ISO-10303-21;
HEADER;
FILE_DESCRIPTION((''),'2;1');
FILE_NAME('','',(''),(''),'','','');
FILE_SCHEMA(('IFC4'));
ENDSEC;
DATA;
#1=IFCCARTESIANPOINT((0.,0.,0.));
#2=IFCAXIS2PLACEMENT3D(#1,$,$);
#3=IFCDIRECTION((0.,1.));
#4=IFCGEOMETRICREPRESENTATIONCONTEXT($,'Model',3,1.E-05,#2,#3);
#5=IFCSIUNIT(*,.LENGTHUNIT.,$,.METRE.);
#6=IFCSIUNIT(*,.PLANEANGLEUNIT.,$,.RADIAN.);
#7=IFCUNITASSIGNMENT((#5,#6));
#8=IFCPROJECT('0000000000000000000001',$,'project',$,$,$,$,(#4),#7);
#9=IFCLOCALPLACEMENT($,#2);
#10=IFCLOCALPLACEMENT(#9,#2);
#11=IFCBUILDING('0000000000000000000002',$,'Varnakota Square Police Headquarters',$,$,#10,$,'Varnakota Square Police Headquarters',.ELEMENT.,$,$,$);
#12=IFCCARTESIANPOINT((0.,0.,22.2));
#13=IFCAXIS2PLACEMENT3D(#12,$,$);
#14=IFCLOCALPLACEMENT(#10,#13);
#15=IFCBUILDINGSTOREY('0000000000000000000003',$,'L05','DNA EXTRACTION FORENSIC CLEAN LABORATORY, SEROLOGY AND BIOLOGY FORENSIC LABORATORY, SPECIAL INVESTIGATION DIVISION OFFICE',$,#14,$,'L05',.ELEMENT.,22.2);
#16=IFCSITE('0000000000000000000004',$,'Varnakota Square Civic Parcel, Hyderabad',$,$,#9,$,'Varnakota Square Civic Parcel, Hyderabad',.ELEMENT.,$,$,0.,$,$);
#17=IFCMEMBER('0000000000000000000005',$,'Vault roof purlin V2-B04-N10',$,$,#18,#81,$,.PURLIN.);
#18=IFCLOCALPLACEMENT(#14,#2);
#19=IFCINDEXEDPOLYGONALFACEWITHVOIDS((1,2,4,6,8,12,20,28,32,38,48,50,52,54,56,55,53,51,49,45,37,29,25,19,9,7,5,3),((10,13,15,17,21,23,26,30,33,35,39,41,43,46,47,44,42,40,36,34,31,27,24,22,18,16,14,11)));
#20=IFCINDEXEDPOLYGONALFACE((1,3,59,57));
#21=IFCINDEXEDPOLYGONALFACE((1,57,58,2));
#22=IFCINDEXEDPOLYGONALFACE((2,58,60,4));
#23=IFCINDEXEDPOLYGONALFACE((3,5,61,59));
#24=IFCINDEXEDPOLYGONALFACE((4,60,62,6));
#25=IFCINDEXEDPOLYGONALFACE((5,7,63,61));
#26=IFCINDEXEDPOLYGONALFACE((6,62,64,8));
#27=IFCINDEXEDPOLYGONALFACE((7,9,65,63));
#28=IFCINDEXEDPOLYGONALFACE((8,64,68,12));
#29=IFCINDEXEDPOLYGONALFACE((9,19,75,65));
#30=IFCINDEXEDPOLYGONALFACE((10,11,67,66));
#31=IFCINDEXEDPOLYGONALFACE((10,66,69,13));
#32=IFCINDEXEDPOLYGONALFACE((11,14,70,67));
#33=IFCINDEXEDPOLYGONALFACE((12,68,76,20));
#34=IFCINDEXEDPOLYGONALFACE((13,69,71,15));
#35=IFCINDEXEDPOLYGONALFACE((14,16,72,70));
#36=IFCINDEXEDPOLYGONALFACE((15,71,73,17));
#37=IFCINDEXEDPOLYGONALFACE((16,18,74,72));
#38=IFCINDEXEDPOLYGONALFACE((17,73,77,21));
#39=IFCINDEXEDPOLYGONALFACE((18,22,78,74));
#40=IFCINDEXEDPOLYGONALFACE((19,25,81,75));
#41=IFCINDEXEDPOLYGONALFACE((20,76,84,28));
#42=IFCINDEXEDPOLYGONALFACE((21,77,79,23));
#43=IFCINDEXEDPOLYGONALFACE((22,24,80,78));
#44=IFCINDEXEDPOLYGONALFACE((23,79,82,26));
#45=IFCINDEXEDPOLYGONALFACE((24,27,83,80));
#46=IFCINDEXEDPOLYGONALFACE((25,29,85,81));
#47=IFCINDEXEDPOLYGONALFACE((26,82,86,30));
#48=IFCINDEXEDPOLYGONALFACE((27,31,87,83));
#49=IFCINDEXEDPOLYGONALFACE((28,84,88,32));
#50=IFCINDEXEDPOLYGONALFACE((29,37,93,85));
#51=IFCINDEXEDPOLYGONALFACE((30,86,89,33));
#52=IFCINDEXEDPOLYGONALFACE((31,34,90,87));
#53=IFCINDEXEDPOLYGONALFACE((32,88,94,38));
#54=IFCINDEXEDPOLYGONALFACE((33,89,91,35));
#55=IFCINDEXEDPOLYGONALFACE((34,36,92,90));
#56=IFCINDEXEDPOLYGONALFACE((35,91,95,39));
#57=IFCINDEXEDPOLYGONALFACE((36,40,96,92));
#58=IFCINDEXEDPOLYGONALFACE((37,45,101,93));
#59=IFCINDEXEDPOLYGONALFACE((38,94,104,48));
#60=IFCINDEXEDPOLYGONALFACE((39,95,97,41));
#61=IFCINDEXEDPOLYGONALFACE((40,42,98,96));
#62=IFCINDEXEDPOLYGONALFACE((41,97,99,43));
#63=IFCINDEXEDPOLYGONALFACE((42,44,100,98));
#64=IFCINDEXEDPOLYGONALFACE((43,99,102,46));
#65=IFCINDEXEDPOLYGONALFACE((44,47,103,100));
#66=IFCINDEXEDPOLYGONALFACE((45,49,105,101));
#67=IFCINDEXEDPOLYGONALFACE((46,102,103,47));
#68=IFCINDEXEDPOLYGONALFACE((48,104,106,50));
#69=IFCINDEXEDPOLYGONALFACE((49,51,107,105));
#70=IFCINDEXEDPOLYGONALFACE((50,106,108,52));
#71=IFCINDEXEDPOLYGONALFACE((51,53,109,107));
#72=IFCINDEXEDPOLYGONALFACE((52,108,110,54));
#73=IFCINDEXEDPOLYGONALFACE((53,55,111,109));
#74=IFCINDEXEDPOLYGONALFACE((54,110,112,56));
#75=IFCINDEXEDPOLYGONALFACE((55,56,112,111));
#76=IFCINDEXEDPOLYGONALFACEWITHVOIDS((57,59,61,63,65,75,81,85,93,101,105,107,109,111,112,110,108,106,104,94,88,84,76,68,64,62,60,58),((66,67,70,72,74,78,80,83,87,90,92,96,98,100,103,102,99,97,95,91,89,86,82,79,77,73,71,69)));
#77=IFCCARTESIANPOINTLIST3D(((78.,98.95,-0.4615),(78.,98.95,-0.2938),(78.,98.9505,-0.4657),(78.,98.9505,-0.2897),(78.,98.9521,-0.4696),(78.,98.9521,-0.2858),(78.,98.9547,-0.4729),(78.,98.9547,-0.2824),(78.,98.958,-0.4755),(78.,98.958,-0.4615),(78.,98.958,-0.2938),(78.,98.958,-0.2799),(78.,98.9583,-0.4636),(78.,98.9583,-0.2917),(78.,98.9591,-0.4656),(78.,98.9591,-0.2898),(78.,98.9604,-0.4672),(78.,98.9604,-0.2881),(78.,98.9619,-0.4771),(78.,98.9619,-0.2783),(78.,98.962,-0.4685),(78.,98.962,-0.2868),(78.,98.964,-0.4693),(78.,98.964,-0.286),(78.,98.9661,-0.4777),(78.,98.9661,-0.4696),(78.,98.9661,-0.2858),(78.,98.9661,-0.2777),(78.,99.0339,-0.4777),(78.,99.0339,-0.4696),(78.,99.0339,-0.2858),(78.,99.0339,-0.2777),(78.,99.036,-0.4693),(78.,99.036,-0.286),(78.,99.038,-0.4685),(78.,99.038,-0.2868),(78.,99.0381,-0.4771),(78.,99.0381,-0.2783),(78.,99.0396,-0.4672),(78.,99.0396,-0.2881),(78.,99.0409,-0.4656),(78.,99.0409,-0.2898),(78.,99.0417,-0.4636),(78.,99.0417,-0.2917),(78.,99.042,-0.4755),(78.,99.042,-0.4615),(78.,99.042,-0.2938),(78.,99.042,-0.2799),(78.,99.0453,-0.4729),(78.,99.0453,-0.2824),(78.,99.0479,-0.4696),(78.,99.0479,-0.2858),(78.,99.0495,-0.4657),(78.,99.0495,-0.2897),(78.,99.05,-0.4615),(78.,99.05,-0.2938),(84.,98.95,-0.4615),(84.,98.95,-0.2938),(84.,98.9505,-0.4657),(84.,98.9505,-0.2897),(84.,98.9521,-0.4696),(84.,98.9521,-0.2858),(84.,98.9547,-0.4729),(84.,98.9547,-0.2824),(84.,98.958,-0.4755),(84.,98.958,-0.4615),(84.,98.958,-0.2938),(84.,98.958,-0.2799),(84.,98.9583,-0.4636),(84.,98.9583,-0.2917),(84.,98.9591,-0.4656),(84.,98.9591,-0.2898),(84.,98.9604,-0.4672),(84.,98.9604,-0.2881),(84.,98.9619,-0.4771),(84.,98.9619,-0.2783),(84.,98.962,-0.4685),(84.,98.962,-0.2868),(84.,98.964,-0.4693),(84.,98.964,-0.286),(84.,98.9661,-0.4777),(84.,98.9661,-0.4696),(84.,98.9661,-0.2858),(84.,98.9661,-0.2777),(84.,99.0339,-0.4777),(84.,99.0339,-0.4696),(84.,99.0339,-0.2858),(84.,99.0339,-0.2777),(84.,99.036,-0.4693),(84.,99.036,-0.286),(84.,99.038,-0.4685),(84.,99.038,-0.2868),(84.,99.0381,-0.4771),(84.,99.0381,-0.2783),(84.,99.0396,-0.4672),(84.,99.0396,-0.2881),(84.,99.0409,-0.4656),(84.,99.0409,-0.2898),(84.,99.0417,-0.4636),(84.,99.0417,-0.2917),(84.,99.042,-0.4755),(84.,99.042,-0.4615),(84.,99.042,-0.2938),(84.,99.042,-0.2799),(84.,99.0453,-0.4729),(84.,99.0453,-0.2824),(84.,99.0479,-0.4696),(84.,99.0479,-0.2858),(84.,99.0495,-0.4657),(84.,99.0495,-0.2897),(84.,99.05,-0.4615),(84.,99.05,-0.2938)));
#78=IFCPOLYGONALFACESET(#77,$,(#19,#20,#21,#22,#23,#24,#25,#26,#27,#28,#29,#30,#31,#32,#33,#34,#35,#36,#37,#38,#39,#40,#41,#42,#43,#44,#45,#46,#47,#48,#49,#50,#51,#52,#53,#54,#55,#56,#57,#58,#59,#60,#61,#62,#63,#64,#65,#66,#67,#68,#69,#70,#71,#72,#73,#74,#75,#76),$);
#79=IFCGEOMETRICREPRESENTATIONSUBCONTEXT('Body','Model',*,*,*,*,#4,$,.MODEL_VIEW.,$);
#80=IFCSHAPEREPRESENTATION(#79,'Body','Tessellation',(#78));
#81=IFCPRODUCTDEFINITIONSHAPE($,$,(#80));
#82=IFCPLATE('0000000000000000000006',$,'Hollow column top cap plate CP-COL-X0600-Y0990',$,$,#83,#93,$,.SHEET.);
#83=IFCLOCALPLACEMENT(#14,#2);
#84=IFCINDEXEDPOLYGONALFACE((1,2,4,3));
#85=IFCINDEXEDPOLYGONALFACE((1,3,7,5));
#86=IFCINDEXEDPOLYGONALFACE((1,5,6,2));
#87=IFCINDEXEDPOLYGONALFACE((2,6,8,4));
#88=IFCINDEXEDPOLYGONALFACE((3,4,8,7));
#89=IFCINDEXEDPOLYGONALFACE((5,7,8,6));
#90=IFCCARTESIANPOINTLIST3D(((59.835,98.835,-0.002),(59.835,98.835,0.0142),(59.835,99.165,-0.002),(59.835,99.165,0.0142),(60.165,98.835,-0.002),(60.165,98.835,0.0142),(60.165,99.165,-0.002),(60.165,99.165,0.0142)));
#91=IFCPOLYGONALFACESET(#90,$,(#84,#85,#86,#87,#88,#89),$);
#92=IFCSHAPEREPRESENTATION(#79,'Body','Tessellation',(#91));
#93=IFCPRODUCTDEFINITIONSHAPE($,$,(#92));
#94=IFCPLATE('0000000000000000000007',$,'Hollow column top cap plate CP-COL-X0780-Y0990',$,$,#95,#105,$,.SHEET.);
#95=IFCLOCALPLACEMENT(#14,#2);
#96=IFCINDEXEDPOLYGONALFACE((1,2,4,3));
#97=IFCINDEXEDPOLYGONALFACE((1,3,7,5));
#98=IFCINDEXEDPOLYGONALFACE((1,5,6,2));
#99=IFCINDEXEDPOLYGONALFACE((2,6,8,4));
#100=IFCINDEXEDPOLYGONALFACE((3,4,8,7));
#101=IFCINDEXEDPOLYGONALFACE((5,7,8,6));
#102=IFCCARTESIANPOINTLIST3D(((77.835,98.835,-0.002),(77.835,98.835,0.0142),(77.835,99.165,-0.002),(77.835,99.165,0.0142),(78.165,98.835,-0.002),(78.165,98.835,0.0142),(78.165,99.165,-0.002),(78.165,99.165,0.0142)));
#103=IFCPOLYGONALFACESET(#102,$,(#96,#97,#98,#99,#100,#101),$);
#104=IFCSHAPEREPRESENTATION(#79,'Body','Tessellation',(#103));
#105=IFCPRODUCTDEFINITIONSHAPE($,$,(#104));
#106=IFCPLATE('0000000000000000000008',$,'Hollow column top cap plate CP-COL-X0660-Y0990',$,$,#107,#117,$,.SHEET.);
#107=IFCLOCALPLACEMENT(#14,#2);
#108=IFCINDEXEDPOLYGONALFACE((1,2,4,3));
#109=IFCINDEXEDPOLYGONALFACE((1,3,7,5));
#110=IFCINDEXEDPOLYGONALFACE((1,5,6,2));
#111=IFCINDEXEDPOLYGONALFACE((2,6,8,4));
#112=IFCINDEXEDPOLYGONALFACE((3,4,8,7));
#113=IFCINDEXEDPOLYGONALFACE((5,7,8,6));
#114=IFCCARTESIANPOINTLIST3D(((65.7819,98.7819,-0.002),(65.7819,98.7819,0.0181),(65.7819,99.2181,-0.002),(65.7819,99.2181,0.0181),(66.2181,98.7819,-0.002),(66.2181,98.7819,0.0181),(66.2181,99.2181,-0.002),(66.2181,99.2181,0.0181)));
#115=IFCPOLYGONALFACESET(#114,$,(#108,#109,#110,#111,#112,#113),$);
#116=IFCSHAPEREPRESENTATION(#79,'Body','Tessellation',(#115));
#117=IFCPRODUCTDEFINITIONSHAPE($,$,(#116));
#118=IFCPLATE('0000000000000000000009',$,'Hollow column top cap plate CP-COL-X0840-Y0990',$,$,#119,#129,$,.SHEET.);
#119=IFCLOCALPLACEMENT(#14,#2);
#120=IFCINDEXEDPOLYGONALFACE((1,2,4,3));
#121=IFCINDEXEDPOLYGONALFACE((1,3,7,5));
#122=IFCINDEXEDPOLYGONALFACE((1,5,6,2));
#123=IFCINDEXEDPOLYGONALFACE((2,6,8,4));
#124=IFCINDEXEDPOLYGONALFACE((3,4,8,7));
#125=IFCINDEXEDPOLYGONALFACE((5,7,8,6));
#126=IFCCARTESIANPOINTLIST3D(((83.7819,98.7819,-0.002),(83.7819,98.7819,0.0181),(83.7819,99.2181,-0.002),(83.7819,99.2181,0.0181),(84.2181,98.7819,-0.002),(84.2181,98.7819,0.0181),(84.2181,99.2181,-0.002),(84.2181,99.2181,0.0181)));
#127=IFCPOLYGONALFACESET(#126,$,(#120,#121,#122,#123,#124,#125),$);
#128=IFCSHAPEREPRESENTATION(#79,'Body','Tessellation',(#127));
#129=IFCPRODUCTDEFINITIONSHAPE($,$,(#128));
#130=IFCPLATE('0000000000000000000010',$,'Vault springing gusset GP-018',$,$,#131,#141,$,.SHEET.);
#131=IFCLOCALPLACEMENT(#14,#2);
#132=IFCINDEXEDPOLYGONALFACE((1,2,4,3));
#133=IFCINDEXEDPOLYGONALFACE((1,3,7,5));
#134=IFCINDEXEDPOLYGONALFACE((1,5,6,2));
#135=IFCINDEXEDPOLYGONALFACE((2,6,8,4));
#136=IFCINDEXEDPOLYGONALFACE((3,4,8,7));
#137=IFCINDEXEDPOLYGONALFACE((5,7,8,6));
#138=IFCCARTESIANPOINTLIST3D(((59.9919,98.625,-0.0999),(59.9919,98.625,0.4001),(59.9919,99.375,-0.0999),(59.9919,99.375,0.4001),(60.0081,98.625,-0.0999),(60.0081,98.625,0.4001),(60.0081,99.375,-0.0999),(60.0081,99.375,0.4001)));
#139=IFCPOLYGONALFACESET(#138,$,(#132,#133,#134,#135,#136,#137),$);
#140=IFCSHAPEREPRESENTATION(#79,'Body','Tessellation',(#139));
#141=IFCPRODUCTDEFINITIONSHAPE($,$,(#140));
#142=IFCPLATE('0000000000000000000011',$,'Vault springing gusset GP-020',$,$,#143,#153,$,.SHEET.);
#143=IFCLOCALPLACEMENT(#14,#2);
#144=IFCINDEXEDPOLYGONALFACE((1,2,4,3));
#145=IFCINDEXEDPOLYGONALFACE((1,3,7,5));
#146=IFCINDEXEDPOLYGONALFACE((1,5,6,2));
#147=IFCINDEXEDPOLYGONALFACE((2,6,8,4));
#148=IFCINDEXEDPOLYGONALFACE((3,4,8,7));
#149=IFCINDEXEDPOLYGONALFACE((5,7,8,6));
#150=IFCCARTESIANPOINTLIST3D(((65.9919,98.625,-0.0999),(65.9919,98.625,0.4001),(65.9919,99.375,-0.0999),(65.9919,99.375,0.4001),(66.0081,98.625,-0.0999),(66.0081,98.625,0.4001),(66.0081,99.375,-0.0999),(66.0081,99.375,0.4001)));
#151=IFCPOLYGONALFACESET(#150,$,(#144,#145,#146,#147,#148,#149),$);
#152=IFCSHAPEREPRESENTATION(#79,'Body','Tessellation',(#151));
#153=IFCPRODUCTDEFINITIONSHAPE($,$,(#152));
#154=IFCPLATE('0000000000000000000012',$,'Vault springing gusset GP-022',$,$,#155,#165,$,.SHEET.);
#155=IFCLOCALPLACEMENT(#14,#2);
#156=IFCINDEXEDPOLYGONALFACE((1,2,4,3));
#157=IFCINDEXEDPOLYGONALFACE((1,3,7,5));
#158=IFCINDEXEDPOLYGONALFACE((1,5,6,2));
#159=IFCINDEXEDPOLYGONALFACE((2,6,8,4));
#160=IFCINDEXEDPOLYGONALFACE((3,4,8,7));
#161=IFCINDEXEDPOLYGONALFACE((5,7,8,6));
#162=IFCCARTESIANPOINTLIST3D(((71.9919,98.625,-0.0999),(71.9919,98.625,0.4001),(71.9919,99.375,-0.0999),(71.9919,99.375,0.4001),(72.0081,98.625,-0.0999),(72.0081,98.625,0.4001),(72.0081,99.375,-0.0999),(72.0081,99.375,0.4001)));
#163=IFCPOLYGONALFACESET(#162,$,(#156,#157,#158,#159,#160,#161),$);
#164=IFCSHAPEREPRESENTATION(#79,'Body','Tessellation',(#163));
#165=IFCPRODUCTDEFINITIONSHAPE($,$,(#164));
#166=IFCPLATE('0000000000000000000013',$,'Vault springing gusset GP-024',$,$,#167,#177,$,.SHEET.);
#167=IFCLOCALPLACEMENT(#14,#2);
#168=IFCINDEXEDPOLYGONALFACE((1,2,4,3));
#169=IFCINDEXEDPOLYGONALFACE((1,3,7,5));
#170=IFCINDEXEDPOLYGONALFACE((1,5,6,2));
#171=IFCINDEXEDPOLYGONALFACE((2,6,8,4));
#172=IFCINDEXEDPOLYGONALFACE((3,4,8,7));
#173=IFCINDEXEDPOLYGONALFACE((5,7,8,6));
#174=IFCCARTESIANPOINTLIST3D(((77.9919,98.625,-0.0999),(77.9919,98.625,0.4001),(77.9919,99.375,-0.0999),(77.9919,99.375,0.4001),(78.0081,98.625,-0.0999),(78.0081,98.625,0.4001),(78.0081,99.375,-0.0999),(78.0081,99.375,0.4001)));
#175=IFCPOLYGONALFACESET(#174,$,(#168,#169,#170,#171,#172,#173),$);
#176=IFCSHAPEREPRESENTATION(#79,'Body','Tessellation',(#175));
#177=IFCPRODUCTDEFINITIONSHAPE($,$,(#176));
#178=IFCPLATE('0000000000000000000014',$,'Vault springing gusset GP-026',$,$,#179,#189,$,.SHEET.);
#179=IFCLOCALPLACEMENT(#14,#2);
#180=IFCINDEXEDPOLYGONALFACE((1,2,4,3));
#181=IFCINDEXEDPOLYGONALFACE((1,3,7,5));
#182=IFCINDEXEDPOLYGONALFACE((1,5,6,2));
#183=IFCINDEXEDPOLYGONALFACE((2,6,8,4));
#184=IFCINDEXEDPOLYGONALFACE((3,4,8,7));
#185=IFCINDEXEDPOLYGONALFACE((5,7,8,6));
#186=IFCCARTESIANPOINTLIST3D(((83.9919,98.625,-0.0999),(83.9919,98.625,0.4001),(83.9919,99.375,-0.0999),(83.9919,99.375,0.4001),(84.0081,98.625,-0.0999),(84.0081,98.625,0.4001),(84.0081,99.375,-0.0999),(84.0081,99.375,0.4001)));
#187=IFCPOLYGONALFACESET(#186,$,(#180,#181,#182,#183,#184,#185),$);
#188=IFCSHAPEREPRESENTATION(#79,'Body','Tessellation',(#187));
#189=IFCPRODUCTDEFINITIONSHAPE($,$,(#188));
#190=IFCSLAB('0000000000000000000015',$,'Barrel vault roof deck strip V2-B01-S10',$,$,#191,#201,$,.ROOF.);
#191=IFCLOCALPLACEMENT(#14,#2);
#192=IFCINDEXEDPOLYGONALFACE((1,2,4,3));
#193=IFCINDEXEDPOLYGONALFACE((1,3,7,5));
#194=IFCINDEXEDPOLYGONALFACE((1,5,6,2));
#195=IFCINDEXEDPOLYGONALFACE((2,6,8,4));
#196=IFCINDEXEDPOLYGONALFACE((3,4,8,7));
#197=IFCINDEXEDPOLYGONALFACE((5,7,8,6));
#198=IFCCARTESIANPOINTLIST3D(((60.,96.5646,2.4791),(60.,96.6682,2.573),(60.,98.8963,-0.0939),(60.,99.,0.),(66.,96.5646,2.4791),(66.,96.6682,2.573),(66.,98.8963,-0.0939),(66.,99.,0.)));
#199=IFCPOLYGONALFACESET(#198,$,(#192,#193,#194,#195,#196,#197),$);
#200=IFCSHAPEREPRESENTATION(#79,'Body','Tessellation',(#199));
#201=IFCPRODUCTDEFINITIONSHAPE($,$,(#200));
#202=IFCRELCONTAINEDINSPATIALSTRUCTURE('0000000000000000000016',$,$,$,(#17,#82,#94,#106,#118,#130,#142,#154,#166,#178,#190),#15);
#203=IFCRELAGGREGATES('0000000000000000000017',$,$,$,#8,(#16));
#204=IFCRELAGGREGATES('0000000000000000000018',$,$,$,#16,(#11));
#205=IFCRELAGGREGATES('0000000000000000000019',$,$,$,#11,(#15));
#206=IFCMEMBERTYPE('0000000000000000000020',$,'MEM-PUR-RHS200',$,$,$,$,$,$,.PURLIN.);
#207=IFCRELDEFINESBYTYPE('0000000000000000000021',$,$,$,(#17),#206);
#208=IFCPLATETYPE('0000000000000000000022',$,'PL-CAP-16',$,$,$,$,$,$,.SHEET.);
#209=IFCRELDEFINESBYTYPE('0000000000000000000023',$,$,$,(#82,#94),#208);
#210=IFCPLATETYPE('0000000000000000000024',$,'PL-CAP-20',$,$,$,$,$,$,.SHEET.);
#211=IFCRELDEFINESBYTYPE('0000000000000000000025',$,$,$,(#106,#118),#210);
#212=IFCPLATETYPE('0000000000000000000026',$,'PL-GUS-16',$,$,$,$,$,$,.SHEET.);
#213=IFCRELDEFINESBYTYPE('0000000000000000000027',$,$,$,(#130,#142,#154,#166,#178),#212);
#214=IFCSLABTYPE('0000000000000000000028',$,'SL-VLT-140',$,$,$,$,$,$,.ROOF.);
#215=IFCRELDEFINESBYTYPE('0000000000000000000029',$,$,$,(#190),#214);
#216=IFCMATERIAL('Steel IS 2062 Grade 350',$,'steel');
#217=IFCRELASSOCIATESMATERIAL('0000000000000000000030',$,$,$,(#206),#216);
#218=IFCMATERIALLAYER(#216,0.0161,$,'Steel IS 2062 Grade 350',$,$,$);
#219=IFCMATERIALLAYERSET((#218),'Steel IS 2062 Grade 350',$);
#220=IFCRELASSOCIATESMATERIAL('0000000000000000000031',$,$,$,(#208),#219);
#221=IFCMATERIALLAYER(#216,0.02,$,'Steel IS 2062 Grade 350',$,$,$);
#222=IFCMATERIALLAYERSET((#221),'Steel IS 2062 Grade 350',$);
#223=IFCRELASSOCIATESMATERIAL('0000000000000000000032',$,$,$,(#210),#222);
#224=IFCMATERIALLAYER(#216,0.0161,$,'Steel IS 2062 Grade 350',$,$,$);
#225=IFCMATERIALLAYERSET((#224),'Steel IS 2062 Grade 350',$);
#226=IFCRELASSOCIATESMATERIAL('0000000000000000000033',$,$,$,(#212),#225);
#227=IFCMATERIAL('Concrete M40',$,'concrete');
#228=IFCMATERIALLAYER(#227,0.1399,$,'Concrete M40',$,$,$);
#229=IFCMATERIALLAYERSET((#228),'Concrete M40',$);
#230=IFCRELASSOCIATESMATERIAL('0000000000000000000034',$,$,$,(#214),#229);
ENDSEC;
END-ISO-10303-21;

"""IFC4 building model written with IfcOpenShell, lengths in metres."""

from ifc_helpers import new_model, si_unit, direction, frame, origin, origin_2d, place, context, subcontext, project, spatial, polyline, rectangle, hollow_rectangle, outline, extrude, material, layer, layer_set, material_profile, profile_set, type_object, element, save


model = new_model("IFC4")

# Units and contexts
model_context = context("Model", 3, precision=1e-05, world=origin(), true_north=direction((0.0, 1.0)))
body_context = subcontext(model_context, "Body", "Model", "MODEL_VIEW")
ifc_project = project(units=[si_unit("LENGTHUNIT", "METRE"), si_unit("PLANEANGLEUNIT", "RADIAN")], contexts=[model_context])

# Site, building, storey
site_placement = place(None, origin())
site = spatial("IfcSite", under=ifc_project, at=site_placement, Name="Varnakota Square Civic Parcel, Hyderabad", LongName="Varnakota Square Civic Parcel, Hyderabad", CompositionType="ELEMENT", RefElevation=0.0)
building_placement = place(site_placement, origin())
building = spatial("IfcBuilding", under=site, at=building_placement, Name="Varnakota Square Police Headquarters", LongName="Varnakota Square Police Headquarters", CompositionType="ELEMENT")
storey_placement = place(building_placement, frame((0.0, 0.0, 22.2)))
storey = spatial("IfcBuildingStorey", under=building, at=storey_placement, Name="L05", Description="DNA EXTRACTION FORENSIC CLEAN LABORATORY, SEROLOGY AND BIOLOGY FORENSIC LABORATORY, SPECIAL INVESTIGATION DIVISION OFFICE", LongName="L05", CompositionType="ELEMENT", Elevation=22.2)

# Shared definitions
ifc_material_1 = material(Name="Steel IS 2062 Grade 350", Category="steel")

# Member
ifc_material_profile_1 = material_profile(ifc_material_1, hollow_rectangle(XDim=0.1001, YDim=0.2, WallThickness=0.0081, InnerFilletRadius=0.0081, OuterFilletRadius=0.0161, at=origin_2d()), Name="RHS 200x100x8")
ifc_profile_set_1 = profile_set([ifc_material_profile_1], Name="Steel IS 2062 Grade 350")
member_type_1 = type_object("IfcMemberType", Name="MEM-PUR-RHS200", PredefinedType="PURLIN", material=ifc_profile_set_1)
for number, where, z_axis, x_axis, name in (
    (1, (78.0, 99.0, -0.3777), (1.0, 0.0, 0.0), (0.0, 1.0, 0.0), "Vault roof purlin V2-B04-N10"),
):
    element("IfcMember", number, at=place(storey_placement, frame(where, z_axis=z_axis, x_axis=x_axis)), inside=storey, type_object=member_type_1, Name=name, PredefinedType="PURLIN", context=body_context, shape_type="SweptSolid", body=[
        extrude(hollow_rectangle(XDim=0.1001, YDim=0.2, WallThickness=0.0081, InnerFilletRadius=0.0081, OuterFilletRadius=0.0161, at=origin_2d()), origin(), (0.0, 0.0, 1.0), 6.0),
    ])

# Plates
ifc_layer_1 = layer(ifc_material_1, 0.0161, Name="Steel IS 2062 Grade 350")
ifc_layer_set_1 = layer_set([ifc_layer_1], Name="Steel IS 2062 Grade 350")
plate_type_1 = type_object("IfcPlateType", Name="PL-CAP-16", PredefinedType="SHEET", material=ifc_layer_set_1)
for number, where, z_axis, x_axis, name in (
    (2, (60.0, 99.0, -0.002), (0.0, 0.0, 1.0), (1.0, 0.0, 0.0), "Hollow column top cap plate CP-COL-X0600-Y0990"),
    (3, (78.0, 99.0, -0.002), (0.0, 0.0, 1.0), (1.0, 0.0, 0.0), "Hollow column top cap plate CP-COL-X0780-Y0990"),
):
    element("IfcPlate", number, at=place(storey_placement, frame(where, z_axis=z_axis, x_axis=x_axis)), inside=storey, type_object=plate_type_1, Name=name, PredefinedType="SHEET", context=body_context, shape_type="SweptSolid", body=[
        extrude(rectangle(XDim=0.3301, YDim=0.3301, at=origin_2d()), origin(), (0.0, 0.0, 1.0), 0.0161),
    ])
ifc_layer_2 = layer(ifc_material_1, 0.02, Name="Steel IS 2062 Grade 350")
ifc_layer_set_2 = layer_set([ifc_layer_2], Name="Steel IS 2062 Grade 350")
plate_type_2 = type_object("IfcPlateType", Name="PL-CAP-20", PredefinedType="SHEET", material=ifc_layer_set_2)
for number, where, z_axis, x_axis, name in (
    (4, (66.0, 99.0, -0.002), (0.0, 0.0, 1.0), (1.0, 0.0, 0.0), "Hollow column top cap plate CP-COL-X0660-Y0990"),
    (5, (84.0, 99.0, -0.002), (0.0, 0.0, 1.0), (1.0, 0.0, 0.0), "Hollow column top cap plate CP-COL-X0840-Y0990"),
):
    element("IfcPlate", number, at=place(storey_placement, frame(where, z_axis=z_axis, x_axis=x_axis)), inside=storey, type_object=plate_type_2, Name=name, PredefinedType="SHEET", context=body_context, shape_type="SweptSolid", body=[
        extrude(rectangle(XDim=0.4363, YDim=0.4363, at=origin_2d()), origin(), (0.0, 0.0, 1.0), 0.02),
    ])
ifc_layer_3 = layer(ifc_material_1, 0.0161, Name="Steel IS 2062 Grade 350")
ifc_layer_set_3 = layer_set([ifc_layer_3], Name="Steel IS 2062 Grade 350")
plate_type_3 = type_object("IfcPlateType", Name="PL-GUS-16", PredefinedType="SHEET", material=ifc_layer_set_3)
for number, where, z_axis, x_axis, name in (
    (6, (60.0, 99.0, -0.0999), (0.0, 0.0, 1.0), (1.0, 0.0, 0.0), "Vault springing gusset GP-018"),
    (7, (66.0, 99.0, -0.0999), (0.0, 0.0, 1.0), (1.0, 0.0, 0.0), "Vault springing gusset GP-020"),
    (8, (72.0, 99.0, -0.0999), (0.0, 0.0, 1.0), (1.0, 0.0, 0.0), "Vault springing gusset GP-022"),
    (9, (78.0, 99.0, -0.0999), (0.0, 0.0, 1.0), (1.0, 0.0, 0.0), "Vault springing gusset GP-024"),
    (10, (84.0, 99.0, -0.0999), (0.0, 0.0, 1.0), (1.0, 0.0, 0.0), "Vault springing gusset GP-026"),
):
    element("IfcPlate", number, at=place(storey_placement, frame(where, z_axis=z_axis, x_axis=x_axis)), inside=storey, type_object=plate_type_3, Name=name, PredefinedType="SHEET", context=body_context, shape_type="SweptSolid", body=[
        extrude(rectangle(XDim=0.0161, YDim=0.75, at=origin_2d()), origin(), (0.0, 0.0, 1.0), 0.5),
    ])

# Slab
ifc_material_2 = material(Name="Concrete M40", Category="concrete")
ifc_layer_4 = layer(ifc_material_2, 0.1399, Name="Concrete M40")
ifc_layer_set_4 = layer_set([ifc_layer_4], Name="Concrete M40")
slab_type = type_object("IfcSlabType", Name="SL-VLT-140", PredefinedType="ROOF", material=ifc_layer_set_4)
for number, where, z_axis, x_axis, name in (
    (11, (60.0, 96.6682, 2.573), (0.0, 0.740986, 0.671521), (1.0, 0.0, 0.0), "Barrel vault roof deck strip V2-B01-S10"),
):
    element("IfcSlab", number, at=place(storey_placement, frame(where, z_axis=z_axis, x_axis=x_axis)), inside=storey, type_object=slab_type, Name=name, PredefinedType="ROOF", context=body_context, shape_type="SweptSolid", body=[
        extrude(outline(polyline([(0.0, 0.0), (6.0, 0.0), (6.0, 3.4724), (0.0, 3.4724), (0.0, 0.0)])), origin(), (0.0, 0.0, -1.0), 0.1399),
    ])

save(model, "model.ifc")
